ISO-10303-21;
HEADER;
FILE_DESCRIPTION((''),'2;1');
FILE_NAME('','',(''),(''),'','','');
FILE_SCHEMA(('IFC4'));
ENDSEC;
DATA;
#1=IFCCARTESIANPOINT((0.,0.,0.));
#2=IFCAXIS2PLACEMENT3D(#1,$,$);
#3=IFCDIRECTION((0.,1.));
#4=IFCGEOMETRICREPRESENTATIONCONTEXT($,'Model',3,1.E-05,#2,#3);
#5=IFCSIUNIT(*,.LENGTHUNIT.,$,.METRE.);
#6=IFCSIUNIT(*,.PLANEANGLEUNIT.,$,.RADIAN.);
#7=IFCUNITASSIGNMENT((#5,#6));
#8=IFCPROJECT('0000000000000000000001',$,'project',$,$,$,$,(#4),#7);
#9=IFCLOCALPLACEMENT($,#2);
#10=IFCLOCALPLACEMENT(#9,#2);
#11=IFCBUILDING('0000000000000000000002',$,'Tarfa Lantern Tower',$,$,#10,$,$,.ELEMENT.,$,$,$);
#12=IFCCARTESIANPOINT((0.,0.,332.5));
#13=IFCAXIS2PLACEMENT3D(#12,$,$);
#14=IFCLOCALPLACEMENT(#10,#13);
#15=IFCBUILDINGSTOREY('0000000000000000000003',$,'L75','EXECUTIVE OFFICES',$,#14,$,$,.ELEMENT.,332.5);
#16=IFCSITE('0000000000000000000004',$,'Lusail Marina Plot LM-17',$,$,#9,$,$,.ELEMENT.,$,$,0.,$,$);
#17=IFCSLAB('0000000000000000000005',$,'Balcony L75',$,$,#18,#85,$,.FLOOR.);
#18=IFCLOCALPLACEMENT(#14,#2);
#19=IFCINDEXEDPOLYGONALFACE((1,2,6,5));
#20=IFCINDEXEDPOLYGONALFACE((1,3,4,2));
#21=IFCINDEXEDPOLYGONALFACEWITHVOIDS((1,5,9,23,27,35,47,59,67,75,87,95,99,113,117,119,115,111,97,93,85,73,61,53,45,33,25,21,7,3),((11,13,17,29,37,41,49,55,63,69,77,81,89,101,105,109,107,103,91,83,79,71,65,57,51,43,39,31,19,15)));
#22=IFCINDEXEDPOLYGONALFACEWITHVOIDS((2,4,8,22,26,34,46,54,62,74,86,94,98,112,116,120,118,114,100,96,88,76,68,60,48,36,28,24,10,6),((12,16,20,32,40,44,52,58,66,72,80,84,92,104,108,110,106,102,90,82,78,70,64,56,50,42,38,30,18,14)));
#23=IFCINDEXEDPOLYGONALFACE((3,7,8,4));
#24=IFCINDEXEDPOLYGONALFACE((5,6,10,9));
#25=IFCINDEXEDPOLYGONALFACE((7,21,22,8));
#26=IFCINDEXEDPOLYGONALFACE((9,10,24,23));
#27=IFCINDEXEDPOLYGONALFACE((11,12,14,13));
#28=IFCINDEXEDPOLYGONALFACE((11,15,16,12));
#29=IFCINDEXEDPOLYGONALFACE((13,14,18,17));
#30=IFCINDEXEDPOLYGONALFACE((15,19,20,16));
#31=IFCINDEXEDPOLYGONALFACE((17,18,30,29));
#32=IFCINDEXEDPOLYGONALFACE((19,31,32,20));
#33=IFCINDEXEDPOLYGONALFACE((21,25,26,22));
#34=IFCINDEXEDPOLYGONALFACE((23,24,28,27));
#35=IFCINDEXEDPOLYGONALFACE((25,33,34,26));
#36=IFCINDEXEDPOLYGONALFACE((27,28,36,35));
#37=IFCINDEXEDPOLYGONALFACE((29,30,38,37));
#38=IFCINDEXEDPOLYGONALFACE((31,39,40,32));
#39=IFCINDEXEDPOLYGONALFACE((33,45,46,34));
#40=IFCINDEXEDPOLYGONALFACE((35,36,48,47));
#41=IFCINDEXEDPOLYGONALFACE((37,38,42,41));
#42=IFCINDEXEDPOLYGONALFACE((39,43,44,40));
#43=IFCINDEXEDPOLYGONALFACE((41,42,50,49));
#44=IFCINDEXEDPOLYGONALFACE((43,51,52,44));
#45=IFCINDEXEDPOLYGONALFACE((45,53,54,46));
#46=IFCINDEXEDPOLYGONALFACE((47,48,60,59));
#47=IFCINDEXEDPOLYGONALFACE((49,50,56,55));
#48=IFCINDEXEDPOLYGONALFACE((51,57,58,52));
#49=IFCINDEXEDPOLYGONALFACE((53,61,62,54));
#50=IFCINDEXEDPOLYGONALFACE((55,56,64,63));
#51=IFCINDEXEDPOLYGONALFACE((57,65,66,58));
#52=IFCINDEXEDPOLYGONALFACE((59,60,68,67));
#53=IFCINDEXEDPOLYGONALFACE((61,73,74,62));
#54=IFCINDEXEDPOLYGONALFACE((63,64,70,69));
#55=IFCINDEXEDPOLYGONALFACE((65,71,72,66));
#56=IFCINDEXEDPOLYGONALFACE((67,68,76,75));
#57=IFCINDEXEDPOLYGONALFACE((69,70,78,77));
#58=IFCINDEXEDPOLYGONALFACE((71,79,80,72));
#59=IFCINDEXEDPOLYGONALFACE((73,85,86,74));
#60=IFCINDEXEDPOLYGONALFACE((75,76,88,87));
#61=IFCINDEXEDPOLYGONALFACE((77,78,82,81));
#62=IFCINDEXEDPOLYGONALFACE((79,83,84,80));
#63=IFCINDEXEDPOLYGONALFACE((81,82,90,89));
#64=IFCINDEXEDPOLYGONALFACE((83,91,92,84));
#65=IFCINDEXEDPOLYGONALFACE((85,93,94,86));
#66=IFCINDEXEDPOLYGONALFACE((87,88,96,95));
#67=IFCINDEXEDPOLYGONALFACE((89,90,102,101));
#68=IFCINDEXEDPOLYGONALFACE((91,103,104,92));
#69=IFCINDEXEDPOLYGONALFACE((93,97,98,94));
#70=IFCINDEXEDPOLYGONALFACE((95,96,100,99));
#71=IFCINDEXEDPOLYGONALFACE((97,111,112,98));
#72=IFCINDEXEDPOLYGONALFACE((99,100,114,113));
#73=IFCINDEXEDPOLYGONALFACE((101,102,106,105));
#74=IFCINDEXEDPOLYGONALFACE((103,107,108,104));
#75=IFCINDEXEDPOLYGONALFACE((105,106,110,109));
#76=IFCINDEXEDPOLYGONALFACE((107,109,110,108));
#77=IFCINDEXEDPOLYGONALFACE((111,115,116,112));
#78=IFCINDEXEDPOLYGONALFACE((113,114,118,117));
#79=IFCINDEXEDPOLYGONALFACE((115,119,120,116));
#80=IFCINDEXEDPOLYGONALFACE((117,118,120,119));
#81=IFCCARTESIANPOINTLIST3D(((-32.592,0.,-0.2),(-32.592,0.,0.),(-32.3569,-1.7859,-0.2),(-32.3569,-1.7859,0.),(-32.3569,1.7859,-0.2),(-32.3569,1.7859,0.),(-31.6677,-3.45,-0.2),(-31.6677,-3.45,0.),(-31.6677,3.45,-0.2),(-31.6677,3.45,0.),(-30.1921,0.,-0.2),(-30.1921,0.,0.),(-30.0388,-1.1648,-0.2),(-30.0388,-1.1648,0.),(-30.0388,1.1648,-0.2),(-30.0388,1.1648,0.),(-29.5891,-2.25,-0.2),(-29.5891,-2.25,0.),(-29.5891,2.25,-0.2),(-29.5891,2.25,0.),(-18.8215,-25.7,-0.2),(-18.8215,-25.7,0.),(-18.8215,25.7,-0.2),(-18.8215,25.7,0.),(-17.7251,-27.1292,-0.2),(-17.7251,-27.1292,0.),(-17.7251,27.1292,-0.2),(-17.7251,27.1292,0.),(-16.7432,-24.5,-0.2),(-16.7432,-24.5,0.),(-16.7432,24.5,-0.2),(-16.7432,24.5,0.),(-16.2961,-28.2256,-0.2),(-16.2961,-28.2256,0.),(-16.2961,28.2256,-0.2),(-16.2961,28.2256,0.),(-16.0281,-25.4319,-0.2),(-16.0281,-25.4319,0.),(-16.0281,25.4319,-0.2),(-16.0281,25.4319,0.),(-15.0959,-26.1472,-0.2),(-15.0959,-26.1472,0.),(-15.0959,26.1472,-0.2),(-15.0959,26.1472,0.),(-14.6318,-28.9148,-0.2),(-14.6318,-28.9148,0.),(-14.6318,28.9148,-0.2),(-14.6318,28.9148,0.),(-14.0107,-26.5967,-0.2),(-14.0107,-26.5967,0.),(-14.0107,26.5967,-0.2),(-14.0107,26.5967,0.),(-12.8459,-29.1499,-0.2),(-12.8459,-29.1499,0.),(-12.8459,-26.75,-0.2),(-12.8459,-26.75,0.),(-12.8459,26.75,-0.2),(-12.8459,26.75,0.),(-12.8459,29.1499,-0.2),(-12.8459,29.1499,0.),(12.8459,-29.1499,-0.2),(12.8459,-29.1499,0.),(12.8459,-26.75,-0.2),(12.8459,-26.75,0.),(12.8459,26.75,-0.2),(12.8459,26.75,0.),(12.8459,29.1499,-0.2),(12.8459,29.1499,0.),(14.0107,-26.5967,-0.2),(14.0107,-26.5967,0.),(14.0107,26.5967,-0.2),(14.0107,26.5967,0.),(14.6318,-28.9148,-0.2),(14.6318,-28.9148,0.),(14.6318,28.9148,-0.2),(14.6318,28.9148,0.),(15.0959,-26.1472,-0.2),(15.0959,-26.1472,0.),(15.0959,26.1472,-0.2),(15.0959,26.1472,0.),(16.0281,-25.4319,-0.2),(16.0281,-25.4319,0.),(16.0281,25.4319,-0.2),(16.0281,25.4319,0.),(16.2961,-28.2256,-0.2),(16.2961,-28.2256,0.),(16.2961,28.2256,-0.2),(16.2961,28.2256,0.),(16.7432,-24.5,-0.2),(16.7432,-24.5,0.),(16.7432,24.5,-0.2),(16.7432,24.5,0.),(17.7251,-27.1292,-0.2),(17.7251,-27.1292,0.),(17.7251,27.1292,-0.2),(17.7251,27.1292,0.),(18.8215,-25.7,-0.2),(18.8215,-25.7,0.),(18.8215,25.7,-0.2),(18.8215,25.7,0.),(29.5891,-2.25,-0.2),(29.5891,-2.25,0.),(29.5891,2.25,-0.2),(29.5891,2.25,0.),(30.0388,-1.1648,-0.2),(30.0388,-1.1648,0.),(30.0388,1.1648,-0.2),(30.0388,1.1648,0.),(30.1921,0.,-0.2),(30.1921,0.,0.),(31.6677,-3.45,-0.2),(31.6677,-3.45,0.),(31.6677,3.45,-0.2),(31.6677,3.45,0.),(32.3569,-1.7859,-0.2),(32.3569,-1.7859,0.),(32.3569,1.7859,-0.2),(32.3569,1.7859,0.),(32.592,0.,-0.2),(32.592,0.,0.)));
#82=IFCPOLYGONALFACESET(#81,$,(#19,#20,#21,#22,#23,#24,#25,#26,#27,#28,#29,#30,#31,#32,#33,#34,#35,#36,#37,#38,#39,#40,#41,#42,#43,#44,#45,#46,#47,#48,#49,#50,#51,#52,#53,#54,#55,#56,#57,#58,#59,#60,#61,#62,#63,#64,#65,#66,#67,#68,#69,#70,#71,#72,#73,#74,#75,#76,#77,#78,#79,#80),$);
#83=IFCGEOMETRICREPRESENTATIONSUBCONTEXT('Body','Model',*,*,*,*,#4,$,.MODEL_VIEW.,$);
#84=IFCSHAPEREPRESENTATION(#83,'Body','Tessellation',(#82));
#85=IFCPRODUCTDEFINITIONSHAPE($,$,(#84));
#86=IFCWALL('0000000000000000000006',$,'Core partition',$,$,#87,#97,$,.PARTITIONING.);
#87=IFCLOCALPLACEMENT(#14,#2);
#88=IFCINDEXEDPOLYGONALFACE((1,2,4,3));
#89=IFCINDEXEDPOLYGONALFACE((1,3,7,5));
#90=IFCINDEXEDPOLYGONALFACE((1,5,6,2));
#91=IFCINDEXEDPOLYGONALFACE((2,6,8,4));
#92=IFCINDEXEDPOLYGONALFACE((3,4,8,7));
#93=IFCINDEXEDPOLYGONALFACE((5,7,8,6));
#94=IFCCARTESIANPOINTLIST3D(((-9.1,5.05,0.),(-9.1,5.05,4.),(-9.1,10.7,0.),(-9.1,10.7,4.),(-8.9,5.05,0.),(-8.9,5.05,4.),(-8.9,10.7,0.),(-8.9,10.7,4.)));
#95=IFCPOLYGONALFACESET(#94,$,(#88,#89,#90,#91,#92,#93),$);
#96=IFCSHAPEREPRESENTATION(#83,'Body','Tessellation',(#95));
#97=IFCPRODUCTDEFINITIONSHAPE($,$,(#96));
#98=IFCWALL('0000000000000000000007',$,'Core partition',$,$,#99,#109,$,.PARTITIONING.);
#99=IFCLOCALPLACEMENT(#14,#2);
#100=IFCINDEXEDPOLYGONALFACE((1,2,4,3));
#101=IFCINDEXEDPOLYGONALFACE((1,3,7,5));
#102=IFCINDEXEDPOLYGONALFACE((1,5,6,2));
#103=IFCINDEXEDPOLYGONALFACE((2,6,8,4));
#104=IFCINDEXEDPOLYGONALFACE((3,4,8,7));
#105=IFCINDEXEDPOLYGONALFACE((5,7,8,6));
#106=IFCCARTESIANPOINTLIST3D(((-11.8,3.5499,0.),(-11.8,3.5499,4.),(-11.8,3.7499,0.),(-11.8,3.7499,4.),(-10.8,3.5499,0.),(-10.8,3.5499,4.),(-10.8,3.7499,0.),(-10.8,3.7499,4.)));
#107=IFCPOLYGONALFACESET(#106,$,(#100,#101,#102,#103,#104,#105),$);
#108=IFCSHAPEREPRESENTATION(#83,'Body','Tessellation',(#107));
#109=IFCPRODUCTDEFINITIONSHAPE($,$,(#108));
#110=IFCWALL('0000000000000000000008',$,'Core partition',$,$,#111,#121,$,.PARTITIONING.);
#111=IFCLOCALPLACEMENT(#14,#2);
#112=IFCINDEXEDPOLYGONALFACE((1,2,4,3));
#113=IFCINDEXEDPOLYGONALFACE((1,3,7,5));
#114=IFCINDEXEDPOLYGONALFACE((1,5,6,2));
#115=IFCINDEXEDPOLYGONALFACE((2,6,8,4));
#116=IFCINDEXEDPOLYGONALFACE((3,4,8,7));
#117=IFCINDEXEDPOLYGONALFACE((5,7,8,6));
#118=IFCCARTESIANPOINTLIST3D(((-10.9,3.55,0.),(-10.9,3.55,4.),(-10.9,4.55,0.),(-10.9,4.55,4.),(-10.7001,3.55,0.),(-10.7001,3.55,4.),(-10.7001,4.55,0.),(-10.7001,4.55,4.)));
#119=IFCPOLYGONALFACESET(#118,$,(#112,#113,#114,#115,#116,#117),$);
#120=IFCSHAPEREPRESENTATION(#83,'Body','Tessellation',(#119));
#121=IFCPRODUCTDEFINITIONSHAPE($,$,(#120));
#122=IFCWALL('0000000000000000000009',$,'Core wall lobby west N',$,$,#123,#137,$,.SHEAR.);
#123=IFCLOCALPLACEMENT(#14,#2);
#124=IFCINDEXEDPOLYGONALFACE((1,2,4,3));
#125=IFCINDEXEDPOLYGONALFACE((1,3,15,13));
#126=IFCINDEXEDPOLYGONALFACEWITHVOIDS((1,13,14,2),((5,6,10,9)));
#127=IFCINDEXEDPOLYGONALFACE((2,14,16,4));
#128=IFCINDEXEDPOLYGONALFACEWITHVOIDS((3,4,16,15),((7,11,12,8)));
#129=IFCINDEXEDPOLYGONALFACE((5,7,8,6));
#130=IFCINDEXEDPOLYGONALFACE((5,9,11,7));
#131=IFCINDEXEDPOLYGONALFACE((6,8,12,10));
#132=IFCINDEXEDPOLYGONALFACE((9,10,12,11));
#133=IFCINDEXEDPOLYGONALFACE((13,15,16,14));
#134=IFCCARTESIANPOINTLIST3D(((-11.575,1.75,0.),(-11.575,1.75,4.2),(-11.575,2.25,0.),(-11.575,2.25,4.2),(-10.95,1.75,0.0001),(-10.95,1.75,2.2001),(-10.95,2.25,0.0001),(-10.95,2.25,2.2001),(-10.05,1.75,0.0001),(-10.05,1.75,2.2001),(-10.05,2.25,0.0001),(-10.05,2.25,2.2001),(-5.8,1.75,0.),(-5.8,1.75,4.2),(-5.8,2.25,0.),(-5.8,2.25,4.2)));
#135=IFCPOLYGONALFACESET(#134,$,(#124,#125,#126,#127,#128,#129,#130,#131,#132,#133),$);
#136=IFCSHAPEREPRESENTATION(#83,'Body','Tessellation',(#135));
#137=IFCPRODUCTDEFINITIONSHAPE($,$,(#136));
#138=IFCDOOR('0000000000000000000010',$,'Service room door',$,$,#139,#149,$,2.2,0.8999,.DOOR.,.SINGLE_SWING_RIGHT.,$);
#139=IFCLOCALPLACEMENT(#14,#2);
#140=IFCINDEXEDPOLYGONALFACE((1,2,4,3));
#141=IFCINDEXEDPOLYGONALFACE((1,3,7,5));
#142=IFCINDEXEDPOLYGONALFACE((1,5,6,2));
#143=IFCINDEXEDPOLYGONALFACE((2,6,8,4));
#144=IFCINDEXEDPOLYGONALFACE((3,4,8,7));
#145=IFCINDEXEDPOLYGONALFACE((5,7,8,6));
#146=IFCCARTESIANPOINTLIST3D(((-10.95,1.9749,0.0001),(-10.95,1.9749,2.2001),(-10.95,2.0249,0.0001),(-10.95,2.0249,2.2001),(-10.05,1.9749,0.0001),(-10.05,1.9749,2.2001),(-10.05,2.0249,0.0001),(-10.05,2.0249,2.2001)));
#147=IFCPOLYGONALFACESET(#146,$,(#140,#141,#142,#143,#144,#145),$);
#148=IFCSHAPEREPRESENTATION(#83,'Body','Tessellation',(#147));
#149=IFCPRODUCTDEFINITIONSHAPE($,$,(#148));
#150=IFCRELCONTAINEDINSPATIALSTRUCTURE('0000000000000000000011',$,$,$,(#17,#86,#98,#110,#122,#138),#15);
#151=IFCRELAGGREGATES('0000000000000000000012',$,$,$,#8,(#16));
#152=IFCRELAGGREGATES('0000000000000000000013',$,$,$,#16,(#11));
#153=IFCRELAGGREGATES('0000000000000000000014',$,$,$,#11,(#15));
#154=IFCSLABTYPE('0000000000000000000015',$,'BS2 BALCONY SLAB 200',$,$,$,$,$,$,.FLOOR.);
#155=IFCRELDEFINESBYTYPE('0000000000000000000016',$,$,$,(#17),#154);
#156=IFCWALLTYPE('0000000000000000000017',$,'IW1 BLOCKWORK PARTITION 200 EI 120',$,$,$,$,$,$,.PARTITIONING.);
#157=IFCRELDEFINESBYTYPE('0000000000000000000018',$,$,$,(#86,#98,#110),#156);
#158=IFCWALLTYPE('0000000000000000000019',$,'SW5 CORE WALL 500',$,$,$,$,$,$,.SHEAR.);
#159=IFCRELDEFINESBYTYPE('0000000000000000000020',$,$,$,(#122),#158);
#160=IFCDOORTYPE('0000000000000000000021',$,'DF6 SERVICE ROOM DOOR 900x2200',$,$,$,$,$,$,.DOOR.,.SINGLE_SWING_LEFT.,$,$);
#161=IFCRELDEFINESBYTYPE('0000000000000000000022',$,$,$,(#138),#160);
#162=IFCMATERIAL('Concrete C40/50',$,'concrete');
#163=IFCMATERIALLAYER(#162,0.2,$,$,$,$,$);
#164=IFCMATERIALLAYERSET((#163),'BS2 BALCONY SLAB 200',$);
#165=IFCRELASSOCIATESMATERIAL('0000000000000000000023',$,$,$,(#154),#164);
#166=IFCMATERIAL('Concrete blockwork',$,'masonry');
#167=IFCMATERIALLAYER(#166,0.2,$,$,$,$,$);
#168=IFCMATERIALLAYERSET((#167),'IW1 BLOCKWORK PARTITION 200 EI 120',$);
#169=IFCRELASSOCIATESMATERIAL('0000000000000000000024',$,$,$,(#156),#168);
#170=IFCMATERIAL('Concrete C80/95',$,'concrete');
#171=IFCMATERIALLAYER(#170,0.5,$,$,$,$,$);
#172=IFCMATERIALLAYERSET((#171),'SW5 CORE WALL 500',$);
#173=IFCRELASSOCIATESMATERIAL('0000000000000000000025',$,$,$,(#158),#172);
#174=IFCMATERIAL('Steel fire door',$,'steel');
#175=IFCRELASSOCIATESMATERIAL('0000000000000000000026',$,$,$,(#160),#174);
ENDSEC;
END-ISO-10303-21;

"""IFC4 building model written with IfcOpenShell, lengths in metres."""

from ifc_helpers import new_model, si_unit, direction, frame, frame_2d, origin, place, context, subcontext, project, spatial, polyline, rectangle, outline, extrude, material, layer, layer_set, type_object, element, fill, save


model = new_model("IFC4")

# Units and contexts
model_context = context("Model", 3, precision=1e-05, world=origin(), true_north=direction((0.0, 1.0)))
body_context = subcontext(model_context, "Body", "Model", "MODEL_VIEW")
ifc_project = project(units=[si_unit("LENGTHUNIT", "METRE"), si_unit("PLANEANGLEUNIT", "RADIAN")], contexts=[model_context])

# Site, building, storey
site_placement = place(None, origin())
site = spatial("IfcSite", under=ifc_project, at=site_placement, Name="Lusail Marina Plot LM-17", CompositionType="ELEMENT", RefElevation=0.0)
building_placement = place(site_placement, origin())
building = spatial("IfcBuilding", under=site, at=building_placement, Name="Tarfa Lantern Tower", CompositionType="ELEMENT")
storey_placement = place(building_placement, frame((0.0, 0.0, 332.5)))
storey = spatial("IfcBuildingStorey", under=building, at=storey_placement, Name="L75", Description="EXECUTIVE OFFICES", CompositionType="ELEMENT", Elevation=332.5)

# Slab
ifc_material_1 = material(Name="Concrete C40/50", Category="concrete")
ifc_layer_1 = layer(ifc_material_1, 0.2)
ifc_layer_set_1 = layer_set([ifc_layer_1], Name="BS2 BALCONY SLAB 200")
slab_type = type_object("IfcSlabType", Name="BS2 BALCONY SLAB 200", PredefinedType="FLOOR", material=ifc_layer_set_1)
slab_placement = place(storey_placement, frame((0.0, 0.0, -0.2)))
element("IfcSlab", 1, at=slab_placement, inside=storey, type_object=slab_type, Name="Balcony L75", PredefinedType="FLOOR", context=body_context, shape_type="SweptSolid", body=[
    extrude(outline(polyline([(31.6677, 3.45), (18.8215, 25.7), (17.7251, 27.1292), (16.2961, 28.2256), (14.6318, 28.9148), (12.8459, 29.1499), (-12.8459, 29.1499), (-14.6318, 28.9148), (-16.2961, 28.2256), (-17.7251, 27.1292), (-18.8215, 25.7), (-31.6677, 3.45), (-32.3569, 1.7859), (-32.592, 0.0), (-32.3569, -1.7859), (-31.6677, -3.45), (-18.8215, -25.7), (-17.7251, -27.1292), (-16.2961, -28.2256), (-14.6318, -28.9148), (-12.8459, -29.1499), (12.8459, -29.1499), (14.6318, -28.9148), (16.2961, -28.2256), (17.7251, -27.1292), (18.8215, -25.7), (31.6677, -3.45), (32.3569, -1.7859), (32.592, 0.0), (32.3569, 1.7859), (31.6677, 3.45)]), holes=[polyline([(29.5891, 2.25), (16.7432, 24.5), (16.0281, 25.4319), (15.0959, 26.1472), (14.0107, 26.5967), (12.8459, 26.75), (-12.8459, 26.75), (-14.0107, 26.5967), (-15.0959, 26.1472), (-16.0281, 25.4319), (-16.7432, 24.5), (-29.5891, 2.25), (-30.0388, 1.1648), (-30.1921, 0.0), (-30.0388, -1.1648), (-29.5891, -2.25), (-16.7432, -24.5), (-16.0281, -25.4319), (-15.0959, -26.1472), (-14.0107, -26.5967), (-12.8459, -26.75), (12.8459, -26.75), (14.0107, -26.5967), (15.0959, -26.1472), (16.0281, -25.4319), (16.7432, -24.5), (29.5891, -2.25), (30.0388, -1.1648), (30.1921, 0.0), (30.0388, 1.1648), (29.5891, 2.25)])]), origin(), (0.0, 0.0, 1.0), 0.2),
])

# Walls
ifc_material_2 = material(Name="Concrete blockwork", Category="masonry")
ifc_layer_2 = layer(ifc_material_2, 0.2)
ifc_layer_set_2 = layer_set([ifc_layer_2], Name="IW1 BLOCKWORK PARTITION 200 EI 120")
wall_type_1 = type_object("IfcWallType", Name="IW1 BLOCKWORK PARTITION 200 EI 120", PredefinedType="PARTITIONING", material=ifc_layer_set_2)
wall_1_placement = place(storey_placement, frame((-9.0, 5.05, 0.0), z_axis=(0.0, 0.0, 1.0), x_axis=(0.0, 1.0, 0.0)))
element("IfcWall", 2, at=wall_1_placement, inside=storey, type_object=wall_type_1, Name="Core partition", PredefinedType="PARTITIONING", context=body_context, shape_type="SweptSolid", body=[
    extrude(rectangle(XDim=5.6499, YDim=0.2, at=frame_2d((2.825, 0.0))), origin(), (0.0, 0.0, 1.0), 4.0),
])
for number, where, z_axis, x_axis, name in (
    (3, (-11.8, 3.6499, 0.0), (0.0, 0.0, 1.0), (1.0, 0.0, 0.0), "Core partition"),
    (4, (-10.8, 3.55, 0.0), (0.0, 0.0, 1.0), (0.0, 1.0, 0.0), "Core partition"),
):
    element("IfcWall", number, at=place(storey_placement, frame(where, z_axis=z_axis, x_axis=x_axis)), inside=storey, type_object=wall_type_1, Name=name, PredefinedType="PARTITIONING", context=body_context, shape_type="SweptSolid", body=[
        extrude(rectangle(XDim=1.0, YDim=0.2, at=frame_2d((0.5, 0.0))), origin(), (0.0, 0.0, 1.0), 4.0),
    ])

# Wall, opening, door
ifc_material_3 = material(Name="Concrete C80/95", Category="concrete")
ifc_layer_3 = layer(ifc_material_3, 0.5)
ifc_layer_set_3 = layer_set([ifc_layer_3], Name="SW5 CORE WALL 500")
wall_type_2 = type_object("IfcWallType", Name="SW5 CORE WALL 500", PredefinedType="SHEAR", material=ifc_layer_set_3)
wall_2_placement = place(storey_placement, frame((-11.575, 2.0, 0.0), z_axis=(0.0, 0.0, 1.0), x_axis=(1.0, 0.0, 0.0)))
wall_2 = element("IfcWall", 5, at=wall_2_placement, inside=storey, type_object=wall_type_2, Name="Core wall lobby west N", PredefinedType="SHEAR", context=body_context, shape_type="SweptSolid", body=[
    extrude(rectangle(XDim=5.7749, YDim=0.5, at=frame_2d((2.8875, 0.0))), origin(), (0.0, 0.0, 1.0), 4.2),
])
opening_1_placement = place(wall_2_placement, frame((0.625, 0.0, 0.0)))
opening_1 = element("IfcOpeningElement", 6, at=opening_1_placement, cuts=wall_2, PredefinedType="OPENING", context=body_context, shape_type="SweptSolid", body=[
    extrude(rectangle(XDim=0.8999, YDim=2.2, at=frame_2d((0.45, 1.1001))), frame((0.0, 0.26, 0.0), z_axis=(0.0, -1.0, 0.0), x_axis=(1.0, 0.0, 0.0)), (0.0, 0.0, 1.0), 0.52),
])
ifc_material_4 = material(Name="Steel fire door", Category="steel")
door_type_1 = type_object("IfcDoorType", Name="DF6 SERVICE ROOM DOOR 900x2200", OperationType="SINGLE_SWING_LEFT", PredefinedType="DOOR", material=ifc_material_4)
door_1_placement = place(opening_1_placement, origin())
door_1 = element("IfcDoor", 7, at=door_1_placement, inside=storey, type_object=door_type_1, Name="Service room door", OperationType="SINGLE_SWING_RIGHT", OverallHeight=2.2, OverallWidth=0.8999, PredefinedType="DOOR", context=body_context, shape_type="SweptSolid", body=[
    extrude(rectangle(XDim=0.8999, YDim=2.2, at=frame_2d((0.45, 1.1001))), frame((0.0, 0.0249, 0.0), z_axis=(0.0, -1.0, 0.0), x_axis=(1.0, 0.0, 0.0)), (0.0, 0.0, 1.0), 0.05),
])
fill(opening_1, door_1)

save(model, "model.ifc")
